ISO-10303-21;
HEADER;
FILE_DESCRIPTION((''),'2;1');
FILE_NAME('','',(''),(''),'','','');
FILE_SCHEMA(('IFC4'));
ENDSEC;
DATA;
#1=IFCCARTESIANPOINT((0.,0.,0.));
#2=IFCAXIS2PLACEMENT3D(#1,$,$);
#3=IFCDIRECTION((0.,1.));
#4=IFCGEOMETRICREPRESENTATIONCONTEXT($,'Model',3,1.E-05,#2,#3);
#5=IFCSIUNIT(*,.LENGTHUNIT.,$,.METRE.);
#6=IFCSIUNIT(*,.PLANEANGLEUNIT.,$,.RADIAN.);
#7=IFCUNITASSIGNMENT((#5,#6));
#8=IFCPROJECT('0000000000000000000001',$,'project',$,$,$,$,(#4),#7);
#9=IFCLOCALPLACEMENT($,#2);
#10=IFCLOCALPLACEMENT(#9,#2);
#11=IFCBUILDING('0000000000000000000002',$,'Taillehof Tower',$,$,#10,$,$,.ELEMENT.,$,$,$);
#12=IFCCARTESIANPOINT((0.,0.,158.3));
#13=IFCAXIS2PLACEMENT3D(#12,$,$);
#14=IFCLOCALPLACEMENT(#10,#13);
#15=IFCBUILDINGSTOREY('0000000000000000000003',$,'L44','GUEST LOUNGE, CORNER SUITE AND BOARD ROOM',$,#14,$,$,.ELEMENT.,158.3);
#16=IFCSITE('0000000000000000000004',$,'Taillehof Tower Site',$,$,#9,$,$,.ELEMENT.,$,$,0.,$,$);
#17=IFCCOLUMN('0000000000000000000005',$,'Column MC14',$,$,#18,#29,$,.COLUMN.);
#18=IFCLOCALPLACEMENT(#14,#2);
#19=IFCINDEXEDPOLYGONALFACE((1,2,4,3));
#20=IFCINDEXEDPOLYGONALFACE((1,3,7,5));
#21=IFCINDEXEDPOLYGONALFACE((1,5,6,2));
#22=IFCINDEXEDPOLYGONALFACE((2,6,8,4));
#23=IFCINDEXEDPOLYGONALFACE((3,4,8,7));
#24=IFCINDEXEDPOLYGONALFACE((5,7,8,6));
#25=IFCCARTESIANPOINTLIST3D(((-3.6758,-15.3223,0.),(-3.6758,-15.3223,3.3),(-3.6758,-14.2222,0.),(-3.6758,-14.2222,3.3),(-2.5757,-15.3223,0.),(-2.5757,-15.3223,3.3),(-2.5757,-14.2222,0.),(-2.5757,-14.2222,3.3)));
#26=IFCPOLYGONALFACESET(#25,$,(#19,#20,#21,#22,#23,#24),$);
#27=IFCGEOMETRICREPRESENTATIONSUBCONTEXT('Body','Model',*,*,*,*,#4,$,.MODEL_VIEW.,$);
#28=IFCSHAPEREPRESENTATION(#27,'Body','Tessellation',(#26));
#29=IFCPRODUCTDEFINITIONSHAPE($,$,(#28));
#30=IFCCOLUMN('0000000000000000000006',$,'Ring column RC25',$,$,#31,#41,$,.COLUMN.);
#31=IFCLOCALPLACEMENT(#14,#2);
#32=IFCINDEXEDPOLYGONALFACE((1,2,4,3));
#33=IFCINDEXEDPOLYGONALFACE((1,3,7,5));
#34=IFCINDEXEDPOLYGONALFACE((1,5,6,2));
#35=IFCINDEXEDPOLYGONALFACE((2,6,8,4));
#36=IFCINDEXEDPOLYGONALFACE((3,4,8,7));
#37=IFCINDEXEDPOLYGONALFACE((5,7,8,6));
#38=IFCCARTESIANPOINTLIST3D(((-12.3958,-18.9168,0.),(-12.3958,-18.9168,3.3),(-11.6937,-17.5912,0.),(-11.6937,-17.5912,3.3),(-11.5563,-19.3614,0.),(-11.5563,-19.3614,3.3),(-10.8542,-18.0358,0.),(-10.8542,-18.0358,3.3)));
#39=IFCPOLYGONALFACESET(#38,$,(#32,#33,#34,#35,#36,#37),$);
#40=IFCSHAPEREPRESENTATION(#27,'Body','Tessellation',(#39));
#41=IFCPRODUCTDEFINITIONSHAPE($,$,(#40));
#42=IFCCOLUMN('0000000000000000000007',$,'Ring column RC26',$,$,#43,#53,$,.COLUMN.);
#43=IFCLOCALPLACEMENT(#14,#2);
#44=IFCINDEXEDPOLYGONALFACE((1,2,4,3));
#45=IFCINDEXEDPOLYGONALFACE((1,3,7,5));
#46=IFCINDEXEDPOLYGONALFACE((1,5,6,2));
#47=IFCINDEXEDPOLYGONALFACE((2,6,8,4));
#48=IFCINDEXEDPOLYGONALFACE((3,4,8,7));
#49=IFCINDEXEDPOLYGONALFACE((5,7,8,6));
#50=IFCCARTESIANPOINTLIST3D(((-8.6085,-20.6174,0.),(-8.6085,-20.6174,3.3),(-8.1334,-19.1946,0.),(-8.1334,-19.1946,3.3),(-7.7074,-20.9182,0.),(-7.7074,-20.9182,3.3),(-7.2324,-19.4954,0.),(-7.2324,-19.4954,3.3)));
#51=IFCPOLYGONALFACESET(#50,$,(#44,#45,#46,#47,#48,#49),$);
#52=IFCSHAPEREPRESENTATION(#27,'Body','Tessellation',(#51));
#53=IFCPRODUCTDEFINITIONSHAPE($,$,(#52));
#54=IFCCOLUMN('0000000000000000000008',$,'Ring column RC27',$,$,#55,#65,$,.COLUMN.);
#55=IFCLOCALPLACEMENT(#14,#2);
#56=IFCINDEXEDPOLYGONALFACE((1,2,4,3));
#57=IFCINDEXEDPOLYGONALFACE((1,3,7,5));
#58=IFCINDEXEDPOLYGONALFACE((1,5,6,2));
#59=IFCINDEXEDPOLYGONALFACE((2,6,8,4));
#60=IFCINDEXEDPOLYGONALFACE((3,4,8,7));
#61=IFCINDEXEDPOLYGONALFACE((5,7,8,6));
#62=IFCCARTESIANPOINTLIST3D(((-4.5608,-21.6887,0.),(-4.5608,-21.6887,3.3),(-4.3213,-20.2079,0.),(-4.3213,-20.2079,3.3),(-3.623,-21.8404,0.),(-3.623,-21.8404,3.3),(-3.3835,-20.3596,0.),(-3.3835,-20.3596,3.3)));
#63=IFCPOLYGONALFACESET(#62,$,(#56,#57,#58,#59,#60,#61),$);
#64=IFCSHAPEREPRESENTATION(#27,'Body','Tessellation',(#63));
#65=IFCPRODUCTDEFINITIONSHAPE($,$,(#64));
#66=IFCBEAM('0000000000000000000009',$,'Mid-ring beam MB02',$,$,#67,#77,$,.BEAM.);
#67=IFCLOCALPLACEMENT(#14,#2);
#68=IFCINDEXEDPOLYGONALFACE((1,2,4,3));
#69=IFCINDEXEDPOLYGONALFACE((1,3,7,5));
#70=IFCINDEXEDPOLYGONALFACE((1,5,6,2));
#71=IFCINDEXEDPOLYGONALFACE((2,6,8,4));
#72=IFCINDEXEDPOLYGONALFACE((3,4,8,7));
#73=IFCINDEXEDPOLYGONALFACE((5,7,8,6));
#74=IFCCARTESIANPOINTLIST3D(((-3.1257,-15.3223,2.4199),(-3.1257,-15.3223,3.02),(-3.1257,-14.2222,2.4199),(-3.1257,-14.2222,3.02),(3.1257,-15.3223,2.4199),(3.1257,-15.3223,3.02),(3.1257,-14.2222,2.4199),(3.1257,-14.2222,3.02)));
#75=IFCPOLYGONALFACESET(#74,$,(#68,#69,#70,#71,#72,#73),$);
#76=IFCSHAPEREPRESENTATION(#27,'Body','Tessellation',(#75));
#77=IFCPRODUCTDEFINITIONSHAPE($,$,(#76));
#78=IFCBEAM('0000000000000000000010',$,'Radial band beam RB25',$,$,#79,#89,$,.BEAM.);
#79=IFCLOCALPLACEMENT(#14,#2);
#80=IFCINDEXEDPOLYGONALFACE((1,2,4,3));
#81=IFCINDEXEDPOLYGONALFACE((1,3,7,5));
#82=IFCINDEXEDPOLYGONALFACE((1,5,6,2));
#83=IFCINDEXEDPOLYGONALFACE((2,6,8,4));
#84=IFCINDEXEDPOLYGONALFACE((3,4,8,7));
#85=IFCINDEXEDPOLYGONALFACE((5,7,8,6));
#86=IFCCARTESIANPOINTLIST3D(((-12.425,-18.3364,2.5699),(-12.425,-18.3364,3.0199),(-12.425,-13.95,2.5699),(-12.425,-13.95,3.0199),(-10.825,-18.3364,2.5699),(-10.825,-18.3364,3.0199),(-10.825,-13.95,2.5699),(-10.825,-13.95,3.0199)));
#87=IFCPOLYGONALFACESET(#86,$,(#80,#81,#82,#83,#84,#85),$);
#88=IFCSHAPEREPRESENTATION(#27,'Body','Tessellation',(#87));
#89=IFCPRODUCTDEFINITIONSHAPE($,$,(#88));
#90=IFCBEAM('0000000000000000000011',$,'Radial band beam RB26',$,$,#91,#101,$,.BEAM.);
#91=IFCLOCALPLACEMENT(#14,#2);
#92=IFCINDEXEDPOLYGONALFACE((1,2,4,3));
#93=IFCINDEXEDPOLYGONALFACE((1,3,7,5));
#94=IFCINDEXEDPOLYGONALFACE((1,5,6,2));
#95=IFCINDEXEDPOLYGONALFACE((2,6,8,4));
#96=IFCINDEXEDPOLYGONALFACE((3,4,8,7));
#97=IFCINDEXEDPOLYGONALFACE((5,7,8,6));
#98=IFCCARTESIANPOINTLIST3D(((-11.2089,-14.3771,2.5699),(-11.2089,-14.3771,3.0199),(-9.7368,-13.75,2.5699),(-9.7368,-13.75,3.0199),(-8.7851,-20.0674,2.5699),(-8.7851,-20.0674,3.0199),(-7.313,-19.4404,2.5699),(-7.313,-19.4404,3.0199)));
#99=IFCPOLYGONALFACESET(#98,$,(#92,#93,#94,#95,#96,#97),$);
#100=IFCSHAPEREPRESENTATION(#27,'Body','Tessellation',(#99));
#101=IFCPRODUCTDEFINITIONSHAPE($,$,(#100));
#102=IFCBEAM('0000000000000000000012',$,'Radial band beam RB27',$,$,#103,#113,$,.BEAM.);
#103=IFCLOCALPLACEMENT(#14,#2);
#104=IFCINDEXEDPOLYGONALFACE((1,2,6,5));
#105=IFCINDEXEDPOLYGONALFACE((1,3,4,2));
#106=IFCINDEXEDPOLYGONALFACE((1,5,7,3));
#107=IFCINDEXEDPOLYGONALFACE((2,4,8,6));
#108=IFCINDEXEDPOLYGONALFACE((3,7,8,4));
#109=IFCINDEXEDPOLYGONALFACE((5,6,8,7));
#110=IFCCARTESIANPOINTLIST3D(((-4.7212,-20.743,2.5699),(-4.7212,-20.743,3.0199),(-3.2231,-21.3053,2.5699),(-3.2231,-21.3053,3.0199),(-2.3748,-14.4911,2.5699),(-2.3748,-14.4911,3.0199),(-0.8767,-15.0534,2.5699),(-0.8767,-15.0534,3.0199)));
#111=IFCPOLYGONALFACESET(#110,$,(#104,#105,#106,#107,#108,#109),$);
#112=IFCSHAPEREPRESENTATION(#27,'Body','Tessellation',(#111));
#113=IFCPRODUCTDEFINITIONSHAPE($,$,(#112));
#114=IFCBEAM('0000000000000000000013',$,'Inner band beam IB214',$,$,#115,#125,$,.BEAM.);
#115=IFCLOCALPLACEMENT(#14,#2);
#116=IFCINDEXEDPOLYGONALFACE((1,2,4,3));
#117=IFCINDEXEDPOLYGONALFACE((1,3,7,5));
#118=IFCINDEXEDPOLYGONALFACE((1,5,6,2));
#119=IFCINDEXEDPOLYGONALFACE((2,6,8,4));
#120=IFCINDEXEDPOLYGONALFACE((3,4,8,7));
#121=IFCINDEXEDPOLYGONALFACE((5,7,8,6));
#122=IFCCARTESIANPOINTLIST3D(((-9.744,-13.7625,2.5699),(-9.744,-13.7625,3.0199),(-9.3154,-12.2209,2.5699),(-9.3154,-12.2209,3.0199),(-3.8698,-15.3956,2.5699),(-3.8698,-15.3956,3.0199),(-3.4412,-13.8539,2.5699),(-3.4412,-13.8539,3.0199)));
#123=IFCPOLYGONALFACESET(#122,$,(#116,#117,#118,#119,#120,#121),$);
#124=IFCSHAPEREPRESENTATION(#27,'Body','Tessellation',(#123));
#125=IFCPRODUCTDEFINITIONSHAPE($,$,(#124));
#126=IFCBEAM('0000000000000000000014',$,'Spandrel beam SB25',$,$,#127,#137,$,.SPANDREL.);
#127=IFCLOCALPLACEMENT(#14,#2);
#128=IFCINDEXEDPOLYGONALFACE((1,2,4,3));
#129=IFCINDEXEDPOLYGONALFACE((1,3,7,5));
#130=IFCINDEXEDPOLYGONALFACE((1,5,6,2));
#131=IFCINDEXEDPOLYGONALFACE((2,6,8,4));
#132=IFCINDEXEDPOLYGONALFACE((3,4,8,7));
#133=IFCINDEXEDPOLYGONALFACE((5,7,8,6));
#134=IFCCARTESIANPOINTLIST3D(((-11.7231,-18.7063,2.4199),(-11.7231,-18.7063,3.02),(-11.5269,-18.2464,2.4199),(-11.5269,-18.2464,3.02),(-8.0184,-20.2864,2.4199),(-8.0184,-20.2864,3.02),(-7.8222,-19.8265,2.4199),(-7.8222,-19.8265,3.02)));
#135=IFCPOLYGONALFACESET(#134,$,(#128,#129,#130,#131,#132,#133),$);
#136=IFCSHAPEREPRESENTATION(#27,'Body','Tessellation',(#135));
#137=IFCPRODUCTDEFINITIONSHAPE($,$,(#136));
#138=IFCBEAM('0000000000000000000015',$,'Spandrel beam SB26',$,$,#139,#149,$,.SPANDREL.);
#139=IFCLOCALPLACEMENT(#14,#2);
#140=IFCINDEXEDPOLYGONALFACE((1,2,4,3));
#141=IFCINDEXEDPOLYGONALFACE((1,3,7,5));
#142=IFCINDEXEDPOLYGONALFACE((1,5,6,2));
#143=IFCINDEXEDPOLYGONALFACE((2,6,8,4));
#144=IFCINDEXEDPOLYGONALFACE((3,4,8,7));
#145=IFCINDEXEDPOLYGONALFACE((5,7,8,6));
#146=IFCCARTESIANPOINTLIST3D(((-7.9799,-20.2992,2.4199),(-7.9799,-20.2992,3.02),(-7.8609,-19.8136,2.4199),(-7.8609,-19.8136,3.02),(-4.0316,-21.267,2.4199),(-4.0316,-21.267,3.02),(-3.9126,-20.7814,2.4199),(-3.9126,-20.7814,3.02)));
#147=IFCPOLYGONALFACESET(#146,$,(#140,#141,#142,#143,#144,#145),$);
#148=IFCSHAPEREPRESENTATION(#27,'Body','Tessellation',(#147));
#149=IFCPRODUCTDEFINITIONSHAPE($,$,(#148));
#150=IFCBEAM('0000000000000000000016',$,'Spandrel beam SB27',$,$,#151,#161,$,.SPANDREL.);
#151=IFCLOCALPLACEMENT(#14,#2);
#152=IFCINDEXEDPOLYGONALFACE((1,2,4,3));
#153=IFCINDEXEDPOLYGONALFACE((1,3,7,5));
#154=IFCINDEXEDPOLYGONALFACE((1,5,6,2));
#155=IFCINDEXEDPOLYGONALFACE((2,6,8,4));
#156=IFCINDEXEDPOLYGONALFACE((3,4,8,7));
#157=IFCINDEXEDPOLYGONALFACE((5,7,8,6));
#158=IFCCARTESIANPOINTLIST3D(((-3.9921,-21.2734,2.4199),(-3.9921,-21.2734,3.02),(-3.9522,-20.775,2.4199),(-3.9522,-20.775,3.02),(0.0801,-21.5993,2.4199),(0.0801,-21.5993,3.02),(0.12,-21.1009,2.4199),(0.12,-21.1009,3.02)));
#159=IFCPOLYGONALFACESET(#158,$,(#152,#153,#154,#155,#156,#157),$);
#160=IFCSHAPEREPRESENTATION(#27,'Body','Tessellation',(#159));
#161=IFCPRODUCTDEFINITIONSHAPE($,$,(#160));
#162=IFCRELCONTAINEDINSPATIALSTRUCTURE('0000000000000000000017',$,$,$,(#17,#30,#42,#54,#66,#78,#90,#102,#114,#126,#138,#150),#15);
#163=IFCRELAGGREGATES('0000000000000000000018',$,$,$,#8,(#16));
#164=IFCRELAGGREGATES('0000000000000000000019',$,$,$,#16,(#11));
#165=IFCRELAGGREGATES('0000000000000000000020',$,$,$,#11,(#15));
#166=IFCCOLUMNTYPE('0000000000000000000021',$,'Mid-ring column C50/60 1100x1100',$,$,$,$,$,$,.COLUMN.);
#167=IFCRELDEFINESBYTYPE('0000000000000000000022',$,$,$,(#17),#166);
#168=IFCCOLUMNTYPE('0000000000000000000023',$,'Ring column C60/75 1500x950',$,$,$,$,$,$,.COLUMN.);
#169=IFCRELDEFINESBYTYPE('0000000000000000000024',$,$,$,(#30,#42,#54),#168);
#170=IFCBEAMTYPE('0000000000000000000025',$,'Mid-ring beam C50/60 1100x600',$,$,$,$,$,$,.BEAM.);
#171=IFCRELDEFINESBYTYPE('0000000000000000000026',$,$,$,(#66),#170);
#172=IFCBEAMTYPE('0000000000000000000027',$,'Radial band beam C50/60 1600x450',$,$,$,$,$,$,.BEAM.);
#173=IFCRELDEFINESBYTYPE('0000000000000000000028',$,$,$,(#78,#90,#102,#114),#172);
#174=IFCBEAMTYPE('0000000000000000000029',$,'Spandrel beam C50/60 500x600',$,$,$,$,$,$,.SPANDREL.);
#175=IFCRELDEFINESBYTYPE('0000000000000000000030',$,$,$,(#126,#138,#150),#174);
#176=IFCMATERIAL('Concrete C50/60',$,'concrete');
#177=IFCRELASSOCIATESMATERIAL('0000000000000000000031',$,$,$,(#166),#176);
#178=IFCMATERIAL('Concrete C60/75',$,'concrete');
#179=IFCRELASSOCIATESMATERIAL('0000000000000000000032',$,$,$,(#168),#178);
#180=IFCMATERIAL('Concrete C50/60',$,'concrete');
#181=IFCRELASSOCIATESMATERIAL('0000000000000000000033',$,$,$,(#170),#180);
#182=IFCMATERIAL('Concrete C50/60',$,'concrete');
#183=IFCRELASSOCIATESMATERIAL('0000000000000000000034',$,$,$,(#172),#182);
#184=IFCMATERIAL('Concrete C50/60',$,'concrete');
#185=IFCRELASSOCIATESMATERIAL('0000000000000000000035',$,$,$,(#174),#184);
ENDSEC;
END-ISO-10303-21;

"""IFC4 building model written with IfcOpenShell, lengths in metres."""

from ifc_helpers import new_model, si_unit, direction, frame, origin, origin_2d, place, context, subcontext, project, spatial, rectangle, extrude, material, material_profile, profile_set, type_object, element, save


model = new_model("IFC4")

# Units and contexts
model_context = context("Model", 3, precision=1e-05, world=origin(), true_north=direction((0.0, 1.0)))
body_context = subcontext(model_context, "Body", "Model", "MODEL_VIEW")
ifc_project = project(units=[si_unit("LENGTHUNIT", "METRE"), si_unit("PLANEANGLEUNIT", "RADIAN")], contexts=[model_context])

# Site, building, storey
site_placement = place(None, origin())
site = spatial("IfcSite", under=ifc_project, at=site_placement, Name="Taillehof Tower Site", CompositionType="ELEMENT", RefElevation=0.0)
building_placement = place(site_placement, origin())
building = spatial("IfcBuilding", under=site, at=building_placement, Name="Taillehof Tower", CompositionType="ELEMENT")
storey_placement = place(building_placement, frame((0.0, 0.0, 158.3)))
storey = spatial("IfcBuildingStorey", under=building, at=storey_placement, Name="L44", Description="GUEST LOUNGE, CORNER SUITE AND BOARD ROOM", CompositionType="ELEMENT", Elevation=158.3)

# Columns
ifc_material_1 = material(Name="Concrete C50/60", Category="concrete")
ifc_material_profile_1 = material_profile(ifc_material_1, rectangle(XDim=1.1001, YDim=1.1001, at=origin_2d()), Name="RC 1100x1100")
ifc_profile_set_1 = profile_set([ifc_material_profile_1], Name="Concrete C50/60")
column_type_1 = type_object("IfcColumnType", Name="Mid-ring column C50/60 1100x1100", PredefinedType="COLUMN", material=ifc_profile_set_1)
column_placement = place(storey_placement, frame((-3.1257, -14.7722, 0.0), z_axis=(0.0, 0.0, 1.0), x_axis=(1.0, 0.0, 0.0)))
element("IfcColumn", 1, at=column_placement, inside=storey, type_object=column_type_1, Name="Column MC14", PredefinedType="COLUMN", context=body_context, shape_type="SweptSolid", body=[
    extrude(rectangle(XDim=1.1001, YDim=1.1001, at=origin_2d()), origin(), (0.0, 0.0, 1.0), 3.3),
])
ifc_material_2 = material(Name="Concrete C60/75", Category="concrete")
ifc_material_profile_2 = material_profile(ifc_material_2, rectangle(XDim=1.5, YDim=0.95, at=origin_2d()), Name="RC 1500x950")
ifc_profile_set_2 = profile_set([ifc_material_profile_2], Name="Concrete C60/75")
column_type_2 = type_object("IfcColumnType", Name="Ring column C60/75 1500x950", PredefinedType="COLUMN", material=ifc_profile_set_2)
for number, where, z_axis, x_axis, name in (
    (2, (-11.625, -18.4763, 0.0), (0.0, 0.0, 1.0), (-0.468042, -0.883706, 0.0), "Ring column RC25"),
    (3, (-7.9204, -20.0564, 0.0), (0.0, 0.0, 1.0), (-0.316703, -0.948525, 0.0), "Ring column RC26"),
    (4, (-3.9722, -21.0242, 0.0), (0.0, 0.0, 1.0), (-0.159679, -0.987169, 0.0), "Ring column RC27"),
):
    element("IfcColumn", number, at=place(storey_placement, frame(where, z_axis=z_axis, x_axis=x_axis)), inside=storey, type_object=column_type_2, Name=name, PredefinedType="COLUMN", context=body_context, shape_type="SweptSolid", body=[
        extrude(rectangle(XDim=1.5, YDim=0.95, at=origin_2d()), origin(), (0.0, 0.0, 1.0), 3.3),
    ])

# Beams
ifc_material_3 = material(Name="Concrete C50/60", Category="concrete")
ifc_material_profile_3 = material_profile(ifc_material_3, rectangle(XDim=1.1001, YDim=0.6001, at=origin_2d()), Name="RC 1100x600")
ifc_profile_set_3 = profile_set([ifc_material_profile_3], Name="Concrete C50/60")
beam_type_1 = type_object("IfcBeamType", Name="Mid-ring beam C50/60 1100x600", PredefinedType="BEAM", material=ifc_profile_set_3)
beam_1_placement = place(storey_placement, frame((-3.1257, -14.7722, 2.72), z_axis=(1.0, 0.0, 0.0), x_axis=(0.0, 1.0, 0.0)))
element("IfcBeam", 5, at=beam_1_placement, inside=storey, type_object=beam_type_1, Name="Mid-ring beam MB02", PredefinedType="BEAM", context=body_context, shape_type="SweptSolid", body=[
    extrude(rectangle(XDim=1.1001, YDim=0.6001, at=origin_2d()), origin(), (0.0, 0.0, 1.0), 6.2515),
])
ifc_material_4 = material(Name="Concrete C50/60", Category="concrete")
ifc_material_profile_4 = material_profile(ifc_material_4, rectangle(XDim=1.6001, YDim=0.45, at=origin_2d()), Name="RC 1600x450")
ifc_profile_set_4 = profile_set([ifc_material_profile_4], Name="Concrete C50/60")
beam_type_2 = type_object("IfcBeamType", Name="Radial band beam C50/60 1600x450", PredefinedType="BEAM", material=ifc_profile_set_4)
beam_2_placement = place(storey_placement, frame((-11.625, -18.3364, 2.7949), z_axis=(0.0, 1.0, 0.0), x_axis=(-1.0, 0.0, 0.0)))
element("IfcBeam", 6, at=beam_2_placement, inside=storey, type_object=beam_type_2, Name="Radial band beam RB25", PredefinedType="BEAM", context=body_context, shape_type="SweptSolid", body=[
    extrude(rectangle(XDim=1.6001, YDim=0.45, at=origin_2d()), origin(), (0.0, 0.0, 1.0), 4.3865),
])
beam_3_placement = place(storey_placement, frame((-8.0491, -19.7539, 2.7949), z_axis=(-0.391879, 0.920017, 0.0), x_axis=(-0.920017, -0.391879, 0.0)))
element("IfcBeam", 7, at=beam_3_placement, inside=storey, type_object=beam_type_2, Name="Radial band beam RB26", PredefinedType="BEAM", context=body_context, shape_type="SweptSolid", body=[
    extrude(rectangle(XDim=1.6001, YDim=0.45, at=origin_2d()), origin(), (0.0, 0.0, 1.0), 6.1851),
])
beam_4_placement = place(storey_placement, frame((-3.9722, -21.0242, 2.7949), z_axis=(0.35138, 0.936233, 0.0), x_axis=(-0.936233, 0.35138, 0.0)))
element("IfcBeam", 8, at=beam_4_placement, inside=storey, type_object=beam_type_2, Name="Radial band beam RB27", PredefinedType="BEAM", context=body_context, shape_type="SweptSolid", body=[
    extrude(rectangle(XDim=1.6001, YDim=0.45, at=origin_2d()), origin(), (0.0, 0.0, 1.0), 6.6777),
])
beam_5_placement = place(storey_placement, frame((-3.6555, -14.6248, 2.7949), z_axis=(-0.963459, 0.267855, 0.0), x_axis=(-0.267855, -0.963459, 0.0)))
element("IfcBeam", 9, at=beam_5_placement, inside=storey, type_object=beam_type_2, Name="Inner band beam IB214", PredefinedType="BEAM", context=body_context, shape_type="SweptSolid", body=[
    extrude(rectangle(XDim=1.6001, YDim=0.45, at=origin_2d()), origin(), (0.0, 0.0, 1.0), 6.0969),
])
ifc_material_5 = material(Name="Concrete C50/60", Category="concrete")
ifc_material_profile_5 = material_profile(ifc_material_5, rectangle(XDim=0.5, YDim=0.6001, at=origin_2d()), Name="RC 500x600")
ifc_profile_set_5 = profile_set([ifc_material_profile_5], Name="Concrete C50/60")
beam_type_3 = type_object("IfcBeamType", Name="Spandrel beam C50/60 500x600", PredefinedType="SPANDREL", material=ifc_profile_set_5)
beam_6_placement = place(storey_placement, frame((-11.625, -18.4763, 2.72), z_axis=(0.919827, -0.392324, 0.0), x_axis=(0.392324, 0.919827, 0.0)))
element("IfcBeam", 10, at=beam_6_placement, inside=storey, type_object=beam_type_3, Name="Spandrel beam SB25", PredefinedType="SPANDREL", context=body_context, shape_type="SweptSolid", body=[
    extrude(rectangle(XDim=0.5, YDim=0.6001, at=origin_2d()), origin(), (0.0, 0.0, 1.0), 4.0276),
])
beam_7_placement = place(storey_placement, frame((-7.9204, -20.0564, 2.72), z_axis=(0.971249, -0.238068, 0.0), x_axis=(0.238068, 0.971249, 0.0)))
element("IfcBeam", 11, at=beam_7_placement, inside=storey, type_object=beam_type_3, Name="Spandrel beam SB26", PredefinedType="SPANDREL", context=body_context, shape_type="SweptSolid", body=[
    extrude(rectangle(XDim=0.5, YDim=0.6001, at=origin_2d()), origin(), (0.0, 0.0, 1.0), 4.0652),
])
beam_8_placement = place(storey_placement, frame((-3.9722, -21.0242, 2.72), z_axis=(0.996812, -0.079781, 0.0), x_axis=(0.079781, 0.996812, 0.0)))
element("IfcBeam", 12, at=beam_8_placement, inside=storey, type_object=beam_type_3, Name="Spandrel beam SB27", PredefinedType="SPANDREL", context=body_context, shape_type="SweptSolid", body=[
    extrude(rectangle(XDim=0.5, YDim=0.6001, at=origin_2d()), origin(), (0.0, 0.0, 1.0), 4.0852),
])

save(model, "model.ifc")
